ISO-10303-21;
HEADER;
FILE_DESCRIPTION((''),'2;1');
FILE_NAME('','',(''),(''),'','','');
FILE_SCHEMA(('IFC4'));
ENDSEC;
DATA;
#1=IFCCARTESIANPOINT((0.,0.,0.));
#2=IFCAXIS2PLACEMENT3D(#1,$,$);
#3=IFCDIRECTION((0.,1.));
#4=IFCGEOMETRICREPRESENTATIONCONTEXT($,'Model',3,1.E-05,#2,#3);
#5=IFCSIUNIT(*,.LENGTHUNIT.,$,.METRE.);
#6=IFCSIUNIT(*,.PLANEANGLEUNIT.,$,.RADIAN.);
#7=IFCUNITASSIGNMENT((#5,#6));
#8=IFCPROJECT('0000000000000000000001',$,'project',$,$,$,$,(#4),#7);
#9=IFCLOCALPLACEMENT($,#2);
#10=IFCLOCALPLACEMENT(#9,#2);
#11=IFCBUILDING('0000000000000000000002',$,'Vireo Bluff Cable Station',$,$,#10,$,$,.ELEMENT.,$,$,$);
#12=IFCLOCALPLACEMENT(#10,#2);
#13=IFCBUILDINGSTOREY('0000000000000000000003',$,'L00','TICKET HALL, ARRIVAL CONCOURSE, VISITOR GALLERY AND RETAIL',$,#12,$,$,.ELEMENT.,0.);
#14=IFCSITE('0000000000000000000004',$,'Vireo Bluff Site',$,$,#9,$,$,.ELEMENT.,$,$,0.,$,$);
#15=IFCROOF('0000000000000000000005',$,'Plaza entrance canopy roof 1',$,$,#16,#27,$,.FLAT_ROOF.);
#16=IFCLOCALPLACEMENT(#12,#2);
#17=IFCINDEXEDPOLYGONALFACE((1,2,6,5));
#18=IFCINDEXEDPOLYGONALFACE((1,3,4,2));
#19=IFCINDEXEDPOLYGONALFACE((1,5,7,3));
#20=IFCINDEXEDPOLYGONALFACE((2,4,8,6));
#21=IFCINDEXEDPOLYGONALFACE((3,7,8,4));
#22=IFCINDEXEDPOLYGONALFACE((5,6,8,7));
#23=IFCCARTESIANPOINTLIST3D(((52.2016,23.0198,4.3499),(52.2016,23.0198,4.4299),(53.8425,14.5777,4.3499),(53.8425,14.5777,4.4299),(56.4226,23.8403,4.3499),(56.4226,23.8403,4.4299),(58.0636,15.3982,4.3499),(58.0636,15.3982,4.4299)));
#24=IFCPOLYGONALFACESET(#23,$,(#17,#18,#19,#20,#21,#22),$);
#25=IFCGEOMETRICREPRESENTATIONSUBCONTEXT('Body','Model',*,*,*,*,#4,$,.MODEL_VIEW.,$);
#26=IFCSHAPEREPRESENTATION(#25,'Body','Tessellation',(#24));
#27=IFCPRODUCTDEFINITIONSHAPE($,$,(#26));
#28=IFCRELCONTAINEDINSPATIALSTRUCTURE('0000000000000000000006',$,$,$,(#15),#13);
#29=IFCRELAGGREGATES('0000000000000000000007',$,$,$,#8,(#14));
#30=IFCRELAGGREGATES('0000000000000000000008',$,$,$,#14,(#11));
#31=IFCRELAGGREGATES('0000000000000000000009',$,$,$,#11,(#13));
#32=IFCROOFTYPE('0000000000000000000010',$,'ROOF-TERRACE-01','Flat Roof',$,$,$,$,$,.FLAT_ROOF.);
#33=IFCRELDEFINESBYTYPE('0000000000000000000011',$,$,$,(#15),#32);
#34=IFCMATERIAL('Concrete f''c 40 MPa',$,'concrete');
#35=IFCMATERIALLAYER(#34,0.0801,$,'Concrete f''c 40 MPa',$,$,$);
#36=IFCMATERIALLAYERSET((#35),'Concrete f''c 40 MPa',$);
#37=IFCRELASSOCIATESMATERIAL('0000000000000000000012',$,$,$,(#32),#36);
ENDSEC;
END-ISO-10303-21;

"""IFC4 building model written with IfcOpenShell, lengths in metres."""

from ifc_helpers import new_model, si_unit, direction, frame, origin, origin_2d, place, context, subcontext, project, spatial, rectangle, extrude, material, layer, layer_set, type_object, element, save


model = new_model("IFC4")

# Units and contexts
model_context = context("Model", 3, precision=1e-05, world=origin(), true_north=direction((0.0, 1.0)))
body_context = subcontext(model_context, "Body", "Model", "MODEL_VIEW")
ifc_project = project(units=[si_unit("LENGTHUNIT", "METRE"), si_unit("PLANEANGLEUNIT", "RADIAN")], contexts=[model_context])

# Site, building, storey
site_placement = place(None, origin())
site = spatial("IfcSite", under=ifc_project, at=site_placement, Name="Vireo Bluff Site", CompositionType="ELEMENT", RefElevation=0.0)
building_placement = place(site_placement, origin())
building = spatial("IfcBuilding", under=site, at=building_placement, Name="Vireo Bluff Cable Station", CompositionType="ELEMENT")
storey_placement = place(building_placement, origin())
storey = spatial("IfcBuildingStorey", under=building, at=storey_placement, Name="L00", Description="TICKET HALL, ARRIVAL CONCOURSE, VISITOR GALLERY AND RETAIL", CompositionType="ELEMENT", Elevation=0.0)

# Roof
ifc_material_1 = material(Name="Concrete f'c 40 MPa", Category="concrete")
ifc_layer_1 = layer(ifc_material_1, 0.0801, Name="Concrete f'c 40 MPa")
ifc_layer_set_1 = layer_set([ifc_layer_1], Name="Concrete f'c 40 MPa")
roof_type = type_object("IfcRoofType", Name="ROOF-TERRACE-01", Description="Flat Roof", PredefinedType="FLAT_ROOF", material=ifc_layer_set_1)
roof_placement = place(storey_placement, frame((55.1326, 19.209, 4.3499), z_axis=(0.0, 0.0, 1.0), x_axis=(0.981627, 0.190809, 0.0)))
element("IfcRoof", 1, at=roof_placement, inside=storey, type_object=roof_type, Name="Plaza entrance canopy roof 1", PredefinedType="FLAT_ROOF", context=body_context, shape_type="SweptSolid", body=[
    extrude(rectangle(XDim=4.3, YDim=8.6001, at=origin_2d()), origin(), (0.0, 0.0, 1.0), 0.0801),
])

save(model, "model.ifc")
